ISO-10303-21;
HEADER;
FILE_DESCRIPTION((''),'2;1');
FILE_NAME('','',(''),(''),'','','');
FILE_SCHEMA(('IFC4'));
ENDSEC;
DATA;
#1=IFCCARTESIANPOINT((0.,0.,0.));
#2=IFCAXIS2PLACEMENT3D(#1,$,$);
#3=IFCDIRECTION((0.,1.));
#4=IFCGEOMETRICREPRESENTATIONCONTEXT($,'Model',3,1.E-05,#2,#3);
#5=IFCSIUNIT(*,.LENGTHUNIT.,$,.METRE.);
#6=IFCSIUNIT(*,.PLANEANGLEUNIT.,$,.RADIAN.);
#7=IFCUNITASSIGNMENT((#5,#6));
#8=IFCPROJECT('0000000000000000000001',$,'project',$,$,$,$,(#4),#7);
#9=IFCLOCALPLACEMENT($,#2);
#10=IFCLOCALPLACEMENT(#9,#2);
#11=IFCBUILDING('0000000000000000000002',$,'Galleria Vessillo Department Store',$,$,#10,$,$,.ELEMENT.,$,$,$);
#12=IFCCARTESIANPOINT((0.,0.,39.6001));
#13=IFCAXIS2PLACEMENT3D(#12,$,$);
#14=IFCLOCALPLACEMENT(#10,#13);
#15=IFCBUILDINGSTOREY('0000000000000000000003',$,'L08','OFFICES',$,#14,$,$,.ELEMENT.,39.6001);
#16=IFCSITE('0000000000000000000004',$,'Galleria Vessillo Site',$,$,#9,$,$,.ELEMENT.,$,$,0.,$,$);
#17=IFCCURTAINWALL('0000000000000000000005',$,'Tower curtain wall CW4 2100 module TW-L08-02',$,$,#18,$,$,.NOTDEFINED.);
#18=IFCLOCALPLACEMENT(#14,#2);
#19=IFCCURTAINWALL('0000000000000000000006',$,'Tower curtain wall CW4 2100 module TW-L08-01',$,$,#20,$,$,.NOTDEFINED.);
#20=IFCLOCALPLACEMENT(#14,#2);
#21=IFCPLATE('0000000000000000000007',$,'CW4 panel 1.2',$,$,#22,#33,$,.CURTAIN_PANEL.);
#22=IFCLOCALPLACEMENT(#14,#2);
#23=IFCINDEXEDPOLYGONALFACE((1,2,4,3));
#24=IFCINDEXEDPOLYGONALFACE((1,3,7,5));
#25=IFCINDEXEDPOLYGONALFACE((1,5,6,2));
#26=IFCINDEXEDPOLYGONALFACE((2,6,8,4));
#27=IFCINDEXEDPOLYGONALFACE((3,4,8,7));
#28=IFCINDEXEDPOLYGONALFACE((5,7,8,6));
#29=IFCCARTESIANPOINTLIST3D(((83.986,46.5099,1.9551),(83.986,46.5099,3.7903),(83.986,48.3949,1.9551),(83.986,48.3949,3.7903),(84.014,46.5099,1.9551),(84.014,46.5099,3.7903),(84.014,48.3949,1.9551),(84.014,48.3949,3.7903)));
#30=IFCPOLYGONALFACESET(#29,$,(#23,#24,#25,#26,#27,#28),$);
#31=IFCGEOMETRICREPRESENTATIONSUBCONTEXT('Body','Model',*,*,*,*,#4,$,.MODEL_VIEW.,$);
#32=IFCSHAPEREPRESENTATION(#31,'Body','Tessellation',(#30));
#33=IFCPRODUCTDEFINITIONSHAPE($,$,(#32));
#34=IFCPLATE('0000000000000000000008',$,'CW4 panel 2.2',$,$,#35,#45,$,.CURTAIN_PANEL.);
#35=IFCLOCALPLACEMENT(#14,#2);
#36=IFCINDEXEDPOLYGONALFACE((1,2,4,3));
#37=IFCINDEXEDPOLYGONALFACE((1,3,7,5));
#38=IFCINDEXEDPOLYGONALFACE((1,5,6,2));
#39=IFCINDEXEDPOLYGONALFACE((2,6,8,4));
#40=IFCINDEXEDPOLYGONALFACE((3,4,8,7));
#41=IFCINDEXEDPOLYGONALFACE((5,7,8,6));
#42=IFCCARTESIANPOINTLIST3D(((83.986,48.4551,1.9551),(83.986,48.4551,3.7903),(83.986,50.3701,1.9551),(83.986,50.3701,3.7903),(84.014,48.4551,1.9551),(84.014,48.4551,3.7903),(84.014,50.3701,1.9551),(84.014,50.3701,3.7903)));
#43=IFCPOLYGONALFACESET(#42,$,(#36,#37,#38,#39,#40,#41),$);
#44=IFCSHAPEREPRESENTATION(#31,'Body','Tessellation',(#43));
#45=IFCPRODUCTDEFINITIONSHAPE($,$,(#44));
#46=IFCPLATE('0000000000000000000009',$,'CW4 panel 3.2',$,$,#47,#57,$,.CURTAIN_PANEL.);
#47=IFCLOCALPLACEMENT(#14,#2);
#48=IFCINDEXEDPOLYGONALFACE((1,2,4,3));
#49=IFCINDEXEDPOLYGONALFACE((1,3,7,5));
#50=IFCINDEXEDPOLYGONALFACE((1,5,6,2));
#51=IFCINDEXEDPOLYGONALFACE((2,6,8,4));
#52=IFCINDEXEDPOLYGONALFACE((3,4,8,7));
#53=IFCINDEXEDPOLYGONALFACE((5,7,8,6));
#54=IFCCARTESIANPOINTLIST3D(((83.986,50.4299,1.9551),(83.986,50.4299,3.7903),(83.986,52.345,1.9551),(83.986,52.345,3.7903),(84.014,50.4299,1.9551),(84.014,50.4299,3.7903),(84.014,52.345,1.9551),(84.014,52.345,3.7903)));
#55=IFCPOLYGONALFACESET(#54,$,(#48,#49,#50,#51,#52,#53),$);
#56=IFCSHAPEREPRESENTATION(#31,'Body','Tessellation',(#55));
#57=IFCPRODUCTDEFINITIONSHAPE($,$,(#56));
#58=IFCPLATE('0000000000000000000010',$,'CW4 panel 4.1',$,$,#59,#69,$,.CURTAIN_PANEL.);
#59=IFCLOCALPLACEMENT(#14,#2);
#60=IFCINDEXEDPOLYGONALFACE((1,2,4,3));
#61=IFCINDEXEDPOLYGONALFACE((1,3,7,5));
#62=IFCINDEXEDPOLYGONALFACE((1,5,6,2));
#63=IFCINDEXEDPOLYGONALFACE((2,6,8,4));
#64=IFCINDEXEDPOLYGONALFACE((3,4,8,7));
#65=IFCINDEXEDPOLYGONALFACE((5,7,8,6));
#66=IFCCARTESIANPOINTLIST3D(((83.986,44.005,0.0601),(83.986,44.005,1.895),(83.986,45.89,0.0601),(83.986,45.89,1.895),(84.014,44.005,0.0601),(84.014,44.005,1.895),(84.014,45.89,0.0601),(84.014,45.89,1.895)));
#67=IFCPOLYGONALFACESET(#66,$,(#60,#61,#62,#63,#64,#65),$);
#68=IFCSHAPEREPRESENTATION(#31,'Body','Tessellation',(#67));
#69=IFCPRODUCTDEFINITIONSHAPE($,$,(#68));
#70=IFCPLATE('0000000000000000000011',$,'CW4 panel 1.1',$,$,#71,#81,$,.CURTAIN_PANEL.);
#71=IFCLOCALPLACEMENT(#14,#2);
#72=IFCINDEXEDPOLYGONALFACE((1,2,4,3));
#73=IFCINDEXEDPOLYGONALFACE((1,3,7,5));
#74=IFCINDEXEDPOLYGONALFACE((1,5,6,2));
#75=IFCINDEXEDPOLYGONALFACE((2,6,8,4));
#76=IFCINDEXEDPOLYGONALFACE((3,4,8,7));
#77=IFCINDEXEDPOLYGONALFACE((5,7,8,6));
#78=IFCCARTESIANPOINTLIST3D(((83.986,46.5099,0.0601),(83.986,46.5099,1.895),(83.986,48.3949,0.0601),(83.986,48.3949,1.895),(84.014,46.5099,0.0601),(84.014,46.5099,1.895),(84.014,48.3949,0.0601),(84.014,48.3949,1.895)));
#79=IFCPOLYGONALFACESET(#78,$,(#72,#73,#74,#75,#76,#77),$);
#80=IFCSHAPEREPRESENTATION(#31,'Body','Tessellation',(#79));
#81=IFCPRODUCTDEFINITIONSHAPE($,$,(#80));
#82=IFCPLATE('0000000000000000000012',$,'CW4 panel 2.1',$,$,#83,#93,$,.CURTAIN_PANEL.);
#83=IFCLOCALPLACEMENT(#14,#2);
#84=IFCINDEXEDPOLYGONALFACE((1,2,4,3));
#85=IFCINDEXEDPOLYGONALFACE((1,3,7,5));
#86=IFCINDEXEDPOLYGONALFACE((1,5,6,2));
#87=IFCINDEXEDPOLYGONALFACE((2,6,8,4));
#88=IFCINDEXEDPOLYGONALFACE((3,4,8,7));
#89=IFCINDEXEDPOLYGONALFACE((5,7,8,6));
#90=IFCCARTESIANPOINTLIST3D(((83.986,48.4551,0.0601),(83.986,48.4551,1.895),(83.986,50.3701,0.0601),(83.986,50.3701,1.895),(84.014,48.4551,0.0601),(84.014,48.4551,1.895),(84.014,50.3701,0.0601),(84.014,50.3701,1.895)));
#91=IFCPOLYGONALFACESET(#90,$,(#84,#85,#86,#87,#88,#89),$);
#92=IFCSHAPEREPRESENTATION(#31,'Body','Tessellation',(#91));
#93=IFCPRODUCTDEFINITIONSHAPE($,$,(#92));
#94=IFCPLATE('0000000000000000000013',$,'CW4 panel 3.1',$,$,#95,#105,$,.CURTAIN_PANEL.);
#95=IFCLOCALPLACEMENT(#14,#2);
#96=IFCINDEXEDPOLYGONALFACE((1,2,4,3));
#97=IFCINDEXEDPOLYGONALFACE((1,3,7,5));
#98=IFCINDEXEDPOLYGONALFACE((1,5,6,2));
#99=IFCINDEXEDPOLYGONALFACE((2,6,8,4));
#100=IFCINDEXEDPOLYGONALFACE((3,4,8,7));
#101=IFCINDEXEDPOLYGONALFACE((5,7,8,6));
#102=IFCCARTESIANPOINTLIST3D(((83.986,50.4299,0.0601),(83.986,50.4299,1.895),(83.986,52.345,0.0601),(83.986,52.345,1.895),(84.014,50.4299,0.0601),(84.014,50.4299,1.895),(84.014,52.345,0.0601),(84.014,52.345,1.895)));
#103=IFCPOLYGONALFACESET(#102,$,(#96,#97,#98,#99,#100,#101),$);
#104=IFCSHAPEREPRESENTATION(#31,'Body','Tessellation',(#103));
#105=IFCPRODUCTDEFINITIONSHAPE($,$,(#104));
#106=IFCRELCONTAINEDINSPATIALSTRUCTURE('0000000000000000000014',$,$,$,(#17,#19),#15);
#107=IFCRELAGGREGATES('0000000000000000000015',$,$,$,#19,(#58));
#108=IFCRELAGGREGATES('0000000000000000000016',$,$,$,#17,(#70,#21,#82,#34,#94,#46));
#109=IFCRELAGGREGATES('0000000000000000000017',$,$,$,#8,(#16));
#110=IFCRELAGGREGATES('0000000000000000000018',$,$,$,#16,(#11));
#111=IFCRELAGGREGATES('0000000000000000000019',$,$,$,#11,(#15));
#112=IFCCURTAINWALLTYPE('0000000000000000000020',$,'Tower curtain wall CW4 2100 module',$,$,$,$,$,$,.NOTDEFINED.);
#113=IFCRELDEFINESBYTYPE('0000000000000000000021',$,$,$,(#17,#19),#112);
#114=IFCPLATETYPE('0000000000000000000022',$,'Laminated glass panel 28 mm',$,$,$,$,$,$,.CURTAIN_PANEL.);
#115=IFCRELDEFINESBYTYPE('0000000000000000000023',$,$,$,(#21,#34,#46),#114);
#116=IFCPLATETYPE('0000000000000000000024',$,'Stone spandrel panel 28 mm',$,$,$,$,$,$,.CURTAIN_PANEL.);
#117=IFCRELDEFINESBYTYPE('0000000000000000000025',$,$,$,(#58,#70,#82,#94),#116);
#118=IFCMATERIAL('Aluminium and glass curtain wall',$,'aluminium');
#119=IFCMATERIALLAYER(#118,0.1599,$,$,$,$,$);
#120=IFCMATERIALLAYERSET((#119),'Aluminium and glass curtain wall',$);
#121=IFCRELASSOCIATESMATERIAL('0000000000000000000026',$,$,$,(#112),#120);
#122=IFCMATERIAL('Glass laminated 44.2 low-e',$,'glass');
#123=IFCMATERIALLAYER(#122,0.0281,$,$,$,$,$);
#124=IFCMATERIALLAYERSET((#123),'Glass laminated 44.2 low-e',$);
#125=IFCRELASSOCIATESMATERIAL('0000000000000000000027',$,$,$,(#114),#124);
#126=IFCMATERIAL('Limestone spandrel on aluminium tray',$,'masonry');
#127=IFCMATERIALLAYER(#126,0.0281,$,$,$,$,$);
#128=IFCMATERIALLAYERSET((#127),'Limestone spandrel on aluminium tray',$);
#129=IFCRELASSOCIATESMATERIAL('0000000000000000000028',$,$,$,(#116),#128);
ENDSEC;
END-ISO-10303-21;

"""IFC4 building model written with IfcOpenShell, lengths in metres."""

from ifc_helpers import new_model, si_unit, direction, frame, origin, origin_2d, place, context, subcontext, project, spatial, rectangle, extrude, material, layer, layer_set, type_object, element, aggregate, save


model = new_model("IFC4")

# Units and contexts
model_context = context("Model", 3, precision=1e-05, world=origin(), true_north=direction((0.0, 1.0)))
body_context = subcontext(model_context, "Body", "Model", "MODEL_VIEW")
ifc_project = project(units=[si_unit("LENGTHUNIT", "METRE"), si_unit("PLANEANGLEUNIT", "RADIAN")], contexts=[model_context])

# Site, building, storey
site_placement = place(None, origin())
site = spatial("IfcSite", under=ifc_project, at=site_placement, Name="Galleria Vessillo Site", CompositionType="ELEMENT", RefElevation=0.0)
building_placement = place(site_placement, origin())
building = spatial("IfcBuilding", under=site, at=building_placement, Name="Galleria Vessillo Department Store", CompositionType="ELEMENT")
storey_placement = place(building_placement, frame((0.0, 0.0, 39.6001)))
storey = spatial("IfcBuildingStorey", under=building, at=storey_placement, Name="L08", Description="OFFICES", CompositionType="ELEMENT", Elevation=39.6001)

# Curtain wall
ifc_material_1 = material(Name="Aluminium and glass curtain wall", Category="aluminium")
ifc_layer_1 = layer(ifc_material_1, 0.1599)
ifc_layer_set_1 = layer_set([ifc_layer_1], Name="Aluminium and glass curtain wall")
curtain_wall_type = type_object("IfcCurtainWallType", Name="Tower curtain wall CW4 2100 module", PredefinedType="NOTDEFINED", material=ifc_layer_set_1)
curtain_wall_1_placement = place(storey_placement, origin())
curtain_wall_1 = element("IfcCurtainWall", 1, at=curtain_wall_1_placement, inside=storey, type_object=curtain_wall_type, Name="Tower curtain wall CW4 2100 module TW-L08-02", PredefinedType="NOTDEFINED")

# Curtain wall
curtain_wall_2_placement = place(storey_placement, origin())
curtain_wall_2 = element("IfcCurtainWall", 2, at=curtain_wall_2_placement, inside=storey, type_object=curtain_wall_type, Name="Tower curtain wall CW4 2100 module TW-L08-01", PredefinedType="NOTDEFINED")

# Plates
ifc_material_2 = material(Name="Glass laminated 44.2 low-e", Category="glass")
ifc_layer_2 = layer(ifc_material_2, 0.0281)
ifc_layer_set_2 = layer_set([ifc_layer_2], Name="Glass laminated 44.2 low-e")
plate_type_1 = type_object("IfcPlateType", Name="Laminated glass panel 28 mm", PredefinedType="CURTAIN_PANEL", material=ifc_layer_set_2)
plate_1_placement = place(storey_placement, frame((84.0, 47.4524, 1.9551), z_axis=(0.0, 0.0, 1.0), x_axis=(0.0, 1.0, 0.0)))
plate_1 = element("IfcPlate", 3, at=plate_1_placement, type_object=plate_type_1, Name="CW4 panel 1.2", PredefinedType="CURTAIN_PANEL", context=body_context, shape_type="SweptSolid", body=[
    extrude(rectangle(XDim=1.885, YDim=0.0281, at=origin_2d()), origin(), (0.0, 0.0, 1.0), 1.8352),
])
plate_2_placement = place(storey_placement, frame((84.0, 49.4126, 1.9551), z_axis=(0.0, 0.0, 1.0), x_axis=(0.0, 1.0, 0.0)))
plate_2 = element("IfcPlate", 4, at=plate_2_placement, type_object=plate_type_1, Name="CW4 panel 2.2", PredefinedType="CURTAIN_PANEL", context=body_context, shape_type="SweptSolid", body=[
    extrude(rectangle(XDim=1.915, YDim=0.0281, at=origin_2d()), origin(), (0.0, 0.0, 1.0), 1.8352),
])
plate_3_placement = place(storey_placement, frame((84.0, 51.3875, 1.9551), z_axis=(0.0, 0.0, 1.0), x_axis=(0.0, 1.0, 0.0)))
plate_3 = element("IfcPlate", 5, at=plate_3_placement, type_object=plate_type_1, Name="CW4 panel 3.2", PredefinedType="CURTAIN_PANEL", context=body_context, shape_type="SweptSolid", body=[
    extrude(rectangle(XDim=1.915, YDim=0.0281, at=origin_2d()), origin(), (0.0, 0.0, 1.0), 1.8352),
])
ifc_material_3 = material(Name="Limestone spandrel on aluminium tray", Category="masonry")
ifc_layer_3 = layer(ifc_material_3, 0.0281)
ifc_layer_set_3 = layer_set([ifc_layer_3], Name="Limestone spandrel on aluminium tray")
plate_type_2 = type_object("IfcPlateType", Name="Stone spandrel panel 28 mm", PredefinedType="CURTAIN_PANEL", material=ifc_layer_set_3)
plate_4_placement = place(storey_placement, frame((84.0, 44.9475, 0.0601), z_axis=(0.0, 0.0, 1.0), x_axis=(0.0, 1.0, 0.0)))
plate_4 = element("IfcPlate", 6, at=plate_4_placement, type_object=plate_type_2, Name="CW4 panel 4.1", PredefinedType="CURTAIN_PANEL", context=body_context, shape_type="SweptSolid", body=[
    extrude(rectangle(XDim=1.885, YDim=0.0281, at=origin_2d()), origin(), (0.0, 0.0, 1.0), 1.835),
])
aggregate(curtain_wall_2, [plate_4])
plate_5_placement = place(storey_placement, frame((84.0, 47.4524, 0.0601), z_axis=(0.0, 0.0, 1.0), x_axis=(0.0, 1.0, 0.0)))
plate_5 = element("IfcPlate", 7, at=plate_5_placement, type_object=plate_type_2, Name="CW4 panel 1.1", PredefinedType="CURTAIN_PANEL", context=body_context, shape_type="SweptSolid", body=[
    extrude(rectangle(XDim=1.885, YDim=0.0281, at=origin_2d()), origin(), (0.0, 0.0, 1.0), 1.835),
])
plate_6_placement = place(storey_placement, frame((84.0, 49.4126, 0.0601), z_axis=(0.0, 0.0, 1.0), x_axis=(0.0, 1.0, 0.0)))
plate_6 = element("IfcPlate", 8, at=plate_6_placement, type_object=plate_type_2, Name="CW4 panel 2.1", PredefinedType="CURTAIN_PANEL", context=body_context, shape_type="SweptSolid", body=[
    extrude(rectangle(XDim=1.915, YDim=0.0281, at=origin_2d()), origin(), (0.0, 0.0, 1.0), 1.835),
])
plate_7_placement = place(storey_placement, frame((84.0, 51.3875, 0.0601), z_axis=(0.0, 0.0, 1.0), x_axis=(0.0, 1.0, 0.0)))
plate_7 = element("IfcPlate", 9, at=plate_7_placement, type_object=plate_type_2, Name="CW4 panel 3.1", PredefinedType="CURTAIN_PANEL", context=body_context, shape_type="SweptSolid", body=[
    extrude(rectangle(XDim=1.915, YDim=0.0281, at=origin_2d()), origin(), (0.0, 0.0, 1.0), 1.835),
])
aggregate(curtain_wall_1, [plate_5, plate_1, plate_6, plate_2, plate_7, plate_3])

save(model, "model.ifc")
